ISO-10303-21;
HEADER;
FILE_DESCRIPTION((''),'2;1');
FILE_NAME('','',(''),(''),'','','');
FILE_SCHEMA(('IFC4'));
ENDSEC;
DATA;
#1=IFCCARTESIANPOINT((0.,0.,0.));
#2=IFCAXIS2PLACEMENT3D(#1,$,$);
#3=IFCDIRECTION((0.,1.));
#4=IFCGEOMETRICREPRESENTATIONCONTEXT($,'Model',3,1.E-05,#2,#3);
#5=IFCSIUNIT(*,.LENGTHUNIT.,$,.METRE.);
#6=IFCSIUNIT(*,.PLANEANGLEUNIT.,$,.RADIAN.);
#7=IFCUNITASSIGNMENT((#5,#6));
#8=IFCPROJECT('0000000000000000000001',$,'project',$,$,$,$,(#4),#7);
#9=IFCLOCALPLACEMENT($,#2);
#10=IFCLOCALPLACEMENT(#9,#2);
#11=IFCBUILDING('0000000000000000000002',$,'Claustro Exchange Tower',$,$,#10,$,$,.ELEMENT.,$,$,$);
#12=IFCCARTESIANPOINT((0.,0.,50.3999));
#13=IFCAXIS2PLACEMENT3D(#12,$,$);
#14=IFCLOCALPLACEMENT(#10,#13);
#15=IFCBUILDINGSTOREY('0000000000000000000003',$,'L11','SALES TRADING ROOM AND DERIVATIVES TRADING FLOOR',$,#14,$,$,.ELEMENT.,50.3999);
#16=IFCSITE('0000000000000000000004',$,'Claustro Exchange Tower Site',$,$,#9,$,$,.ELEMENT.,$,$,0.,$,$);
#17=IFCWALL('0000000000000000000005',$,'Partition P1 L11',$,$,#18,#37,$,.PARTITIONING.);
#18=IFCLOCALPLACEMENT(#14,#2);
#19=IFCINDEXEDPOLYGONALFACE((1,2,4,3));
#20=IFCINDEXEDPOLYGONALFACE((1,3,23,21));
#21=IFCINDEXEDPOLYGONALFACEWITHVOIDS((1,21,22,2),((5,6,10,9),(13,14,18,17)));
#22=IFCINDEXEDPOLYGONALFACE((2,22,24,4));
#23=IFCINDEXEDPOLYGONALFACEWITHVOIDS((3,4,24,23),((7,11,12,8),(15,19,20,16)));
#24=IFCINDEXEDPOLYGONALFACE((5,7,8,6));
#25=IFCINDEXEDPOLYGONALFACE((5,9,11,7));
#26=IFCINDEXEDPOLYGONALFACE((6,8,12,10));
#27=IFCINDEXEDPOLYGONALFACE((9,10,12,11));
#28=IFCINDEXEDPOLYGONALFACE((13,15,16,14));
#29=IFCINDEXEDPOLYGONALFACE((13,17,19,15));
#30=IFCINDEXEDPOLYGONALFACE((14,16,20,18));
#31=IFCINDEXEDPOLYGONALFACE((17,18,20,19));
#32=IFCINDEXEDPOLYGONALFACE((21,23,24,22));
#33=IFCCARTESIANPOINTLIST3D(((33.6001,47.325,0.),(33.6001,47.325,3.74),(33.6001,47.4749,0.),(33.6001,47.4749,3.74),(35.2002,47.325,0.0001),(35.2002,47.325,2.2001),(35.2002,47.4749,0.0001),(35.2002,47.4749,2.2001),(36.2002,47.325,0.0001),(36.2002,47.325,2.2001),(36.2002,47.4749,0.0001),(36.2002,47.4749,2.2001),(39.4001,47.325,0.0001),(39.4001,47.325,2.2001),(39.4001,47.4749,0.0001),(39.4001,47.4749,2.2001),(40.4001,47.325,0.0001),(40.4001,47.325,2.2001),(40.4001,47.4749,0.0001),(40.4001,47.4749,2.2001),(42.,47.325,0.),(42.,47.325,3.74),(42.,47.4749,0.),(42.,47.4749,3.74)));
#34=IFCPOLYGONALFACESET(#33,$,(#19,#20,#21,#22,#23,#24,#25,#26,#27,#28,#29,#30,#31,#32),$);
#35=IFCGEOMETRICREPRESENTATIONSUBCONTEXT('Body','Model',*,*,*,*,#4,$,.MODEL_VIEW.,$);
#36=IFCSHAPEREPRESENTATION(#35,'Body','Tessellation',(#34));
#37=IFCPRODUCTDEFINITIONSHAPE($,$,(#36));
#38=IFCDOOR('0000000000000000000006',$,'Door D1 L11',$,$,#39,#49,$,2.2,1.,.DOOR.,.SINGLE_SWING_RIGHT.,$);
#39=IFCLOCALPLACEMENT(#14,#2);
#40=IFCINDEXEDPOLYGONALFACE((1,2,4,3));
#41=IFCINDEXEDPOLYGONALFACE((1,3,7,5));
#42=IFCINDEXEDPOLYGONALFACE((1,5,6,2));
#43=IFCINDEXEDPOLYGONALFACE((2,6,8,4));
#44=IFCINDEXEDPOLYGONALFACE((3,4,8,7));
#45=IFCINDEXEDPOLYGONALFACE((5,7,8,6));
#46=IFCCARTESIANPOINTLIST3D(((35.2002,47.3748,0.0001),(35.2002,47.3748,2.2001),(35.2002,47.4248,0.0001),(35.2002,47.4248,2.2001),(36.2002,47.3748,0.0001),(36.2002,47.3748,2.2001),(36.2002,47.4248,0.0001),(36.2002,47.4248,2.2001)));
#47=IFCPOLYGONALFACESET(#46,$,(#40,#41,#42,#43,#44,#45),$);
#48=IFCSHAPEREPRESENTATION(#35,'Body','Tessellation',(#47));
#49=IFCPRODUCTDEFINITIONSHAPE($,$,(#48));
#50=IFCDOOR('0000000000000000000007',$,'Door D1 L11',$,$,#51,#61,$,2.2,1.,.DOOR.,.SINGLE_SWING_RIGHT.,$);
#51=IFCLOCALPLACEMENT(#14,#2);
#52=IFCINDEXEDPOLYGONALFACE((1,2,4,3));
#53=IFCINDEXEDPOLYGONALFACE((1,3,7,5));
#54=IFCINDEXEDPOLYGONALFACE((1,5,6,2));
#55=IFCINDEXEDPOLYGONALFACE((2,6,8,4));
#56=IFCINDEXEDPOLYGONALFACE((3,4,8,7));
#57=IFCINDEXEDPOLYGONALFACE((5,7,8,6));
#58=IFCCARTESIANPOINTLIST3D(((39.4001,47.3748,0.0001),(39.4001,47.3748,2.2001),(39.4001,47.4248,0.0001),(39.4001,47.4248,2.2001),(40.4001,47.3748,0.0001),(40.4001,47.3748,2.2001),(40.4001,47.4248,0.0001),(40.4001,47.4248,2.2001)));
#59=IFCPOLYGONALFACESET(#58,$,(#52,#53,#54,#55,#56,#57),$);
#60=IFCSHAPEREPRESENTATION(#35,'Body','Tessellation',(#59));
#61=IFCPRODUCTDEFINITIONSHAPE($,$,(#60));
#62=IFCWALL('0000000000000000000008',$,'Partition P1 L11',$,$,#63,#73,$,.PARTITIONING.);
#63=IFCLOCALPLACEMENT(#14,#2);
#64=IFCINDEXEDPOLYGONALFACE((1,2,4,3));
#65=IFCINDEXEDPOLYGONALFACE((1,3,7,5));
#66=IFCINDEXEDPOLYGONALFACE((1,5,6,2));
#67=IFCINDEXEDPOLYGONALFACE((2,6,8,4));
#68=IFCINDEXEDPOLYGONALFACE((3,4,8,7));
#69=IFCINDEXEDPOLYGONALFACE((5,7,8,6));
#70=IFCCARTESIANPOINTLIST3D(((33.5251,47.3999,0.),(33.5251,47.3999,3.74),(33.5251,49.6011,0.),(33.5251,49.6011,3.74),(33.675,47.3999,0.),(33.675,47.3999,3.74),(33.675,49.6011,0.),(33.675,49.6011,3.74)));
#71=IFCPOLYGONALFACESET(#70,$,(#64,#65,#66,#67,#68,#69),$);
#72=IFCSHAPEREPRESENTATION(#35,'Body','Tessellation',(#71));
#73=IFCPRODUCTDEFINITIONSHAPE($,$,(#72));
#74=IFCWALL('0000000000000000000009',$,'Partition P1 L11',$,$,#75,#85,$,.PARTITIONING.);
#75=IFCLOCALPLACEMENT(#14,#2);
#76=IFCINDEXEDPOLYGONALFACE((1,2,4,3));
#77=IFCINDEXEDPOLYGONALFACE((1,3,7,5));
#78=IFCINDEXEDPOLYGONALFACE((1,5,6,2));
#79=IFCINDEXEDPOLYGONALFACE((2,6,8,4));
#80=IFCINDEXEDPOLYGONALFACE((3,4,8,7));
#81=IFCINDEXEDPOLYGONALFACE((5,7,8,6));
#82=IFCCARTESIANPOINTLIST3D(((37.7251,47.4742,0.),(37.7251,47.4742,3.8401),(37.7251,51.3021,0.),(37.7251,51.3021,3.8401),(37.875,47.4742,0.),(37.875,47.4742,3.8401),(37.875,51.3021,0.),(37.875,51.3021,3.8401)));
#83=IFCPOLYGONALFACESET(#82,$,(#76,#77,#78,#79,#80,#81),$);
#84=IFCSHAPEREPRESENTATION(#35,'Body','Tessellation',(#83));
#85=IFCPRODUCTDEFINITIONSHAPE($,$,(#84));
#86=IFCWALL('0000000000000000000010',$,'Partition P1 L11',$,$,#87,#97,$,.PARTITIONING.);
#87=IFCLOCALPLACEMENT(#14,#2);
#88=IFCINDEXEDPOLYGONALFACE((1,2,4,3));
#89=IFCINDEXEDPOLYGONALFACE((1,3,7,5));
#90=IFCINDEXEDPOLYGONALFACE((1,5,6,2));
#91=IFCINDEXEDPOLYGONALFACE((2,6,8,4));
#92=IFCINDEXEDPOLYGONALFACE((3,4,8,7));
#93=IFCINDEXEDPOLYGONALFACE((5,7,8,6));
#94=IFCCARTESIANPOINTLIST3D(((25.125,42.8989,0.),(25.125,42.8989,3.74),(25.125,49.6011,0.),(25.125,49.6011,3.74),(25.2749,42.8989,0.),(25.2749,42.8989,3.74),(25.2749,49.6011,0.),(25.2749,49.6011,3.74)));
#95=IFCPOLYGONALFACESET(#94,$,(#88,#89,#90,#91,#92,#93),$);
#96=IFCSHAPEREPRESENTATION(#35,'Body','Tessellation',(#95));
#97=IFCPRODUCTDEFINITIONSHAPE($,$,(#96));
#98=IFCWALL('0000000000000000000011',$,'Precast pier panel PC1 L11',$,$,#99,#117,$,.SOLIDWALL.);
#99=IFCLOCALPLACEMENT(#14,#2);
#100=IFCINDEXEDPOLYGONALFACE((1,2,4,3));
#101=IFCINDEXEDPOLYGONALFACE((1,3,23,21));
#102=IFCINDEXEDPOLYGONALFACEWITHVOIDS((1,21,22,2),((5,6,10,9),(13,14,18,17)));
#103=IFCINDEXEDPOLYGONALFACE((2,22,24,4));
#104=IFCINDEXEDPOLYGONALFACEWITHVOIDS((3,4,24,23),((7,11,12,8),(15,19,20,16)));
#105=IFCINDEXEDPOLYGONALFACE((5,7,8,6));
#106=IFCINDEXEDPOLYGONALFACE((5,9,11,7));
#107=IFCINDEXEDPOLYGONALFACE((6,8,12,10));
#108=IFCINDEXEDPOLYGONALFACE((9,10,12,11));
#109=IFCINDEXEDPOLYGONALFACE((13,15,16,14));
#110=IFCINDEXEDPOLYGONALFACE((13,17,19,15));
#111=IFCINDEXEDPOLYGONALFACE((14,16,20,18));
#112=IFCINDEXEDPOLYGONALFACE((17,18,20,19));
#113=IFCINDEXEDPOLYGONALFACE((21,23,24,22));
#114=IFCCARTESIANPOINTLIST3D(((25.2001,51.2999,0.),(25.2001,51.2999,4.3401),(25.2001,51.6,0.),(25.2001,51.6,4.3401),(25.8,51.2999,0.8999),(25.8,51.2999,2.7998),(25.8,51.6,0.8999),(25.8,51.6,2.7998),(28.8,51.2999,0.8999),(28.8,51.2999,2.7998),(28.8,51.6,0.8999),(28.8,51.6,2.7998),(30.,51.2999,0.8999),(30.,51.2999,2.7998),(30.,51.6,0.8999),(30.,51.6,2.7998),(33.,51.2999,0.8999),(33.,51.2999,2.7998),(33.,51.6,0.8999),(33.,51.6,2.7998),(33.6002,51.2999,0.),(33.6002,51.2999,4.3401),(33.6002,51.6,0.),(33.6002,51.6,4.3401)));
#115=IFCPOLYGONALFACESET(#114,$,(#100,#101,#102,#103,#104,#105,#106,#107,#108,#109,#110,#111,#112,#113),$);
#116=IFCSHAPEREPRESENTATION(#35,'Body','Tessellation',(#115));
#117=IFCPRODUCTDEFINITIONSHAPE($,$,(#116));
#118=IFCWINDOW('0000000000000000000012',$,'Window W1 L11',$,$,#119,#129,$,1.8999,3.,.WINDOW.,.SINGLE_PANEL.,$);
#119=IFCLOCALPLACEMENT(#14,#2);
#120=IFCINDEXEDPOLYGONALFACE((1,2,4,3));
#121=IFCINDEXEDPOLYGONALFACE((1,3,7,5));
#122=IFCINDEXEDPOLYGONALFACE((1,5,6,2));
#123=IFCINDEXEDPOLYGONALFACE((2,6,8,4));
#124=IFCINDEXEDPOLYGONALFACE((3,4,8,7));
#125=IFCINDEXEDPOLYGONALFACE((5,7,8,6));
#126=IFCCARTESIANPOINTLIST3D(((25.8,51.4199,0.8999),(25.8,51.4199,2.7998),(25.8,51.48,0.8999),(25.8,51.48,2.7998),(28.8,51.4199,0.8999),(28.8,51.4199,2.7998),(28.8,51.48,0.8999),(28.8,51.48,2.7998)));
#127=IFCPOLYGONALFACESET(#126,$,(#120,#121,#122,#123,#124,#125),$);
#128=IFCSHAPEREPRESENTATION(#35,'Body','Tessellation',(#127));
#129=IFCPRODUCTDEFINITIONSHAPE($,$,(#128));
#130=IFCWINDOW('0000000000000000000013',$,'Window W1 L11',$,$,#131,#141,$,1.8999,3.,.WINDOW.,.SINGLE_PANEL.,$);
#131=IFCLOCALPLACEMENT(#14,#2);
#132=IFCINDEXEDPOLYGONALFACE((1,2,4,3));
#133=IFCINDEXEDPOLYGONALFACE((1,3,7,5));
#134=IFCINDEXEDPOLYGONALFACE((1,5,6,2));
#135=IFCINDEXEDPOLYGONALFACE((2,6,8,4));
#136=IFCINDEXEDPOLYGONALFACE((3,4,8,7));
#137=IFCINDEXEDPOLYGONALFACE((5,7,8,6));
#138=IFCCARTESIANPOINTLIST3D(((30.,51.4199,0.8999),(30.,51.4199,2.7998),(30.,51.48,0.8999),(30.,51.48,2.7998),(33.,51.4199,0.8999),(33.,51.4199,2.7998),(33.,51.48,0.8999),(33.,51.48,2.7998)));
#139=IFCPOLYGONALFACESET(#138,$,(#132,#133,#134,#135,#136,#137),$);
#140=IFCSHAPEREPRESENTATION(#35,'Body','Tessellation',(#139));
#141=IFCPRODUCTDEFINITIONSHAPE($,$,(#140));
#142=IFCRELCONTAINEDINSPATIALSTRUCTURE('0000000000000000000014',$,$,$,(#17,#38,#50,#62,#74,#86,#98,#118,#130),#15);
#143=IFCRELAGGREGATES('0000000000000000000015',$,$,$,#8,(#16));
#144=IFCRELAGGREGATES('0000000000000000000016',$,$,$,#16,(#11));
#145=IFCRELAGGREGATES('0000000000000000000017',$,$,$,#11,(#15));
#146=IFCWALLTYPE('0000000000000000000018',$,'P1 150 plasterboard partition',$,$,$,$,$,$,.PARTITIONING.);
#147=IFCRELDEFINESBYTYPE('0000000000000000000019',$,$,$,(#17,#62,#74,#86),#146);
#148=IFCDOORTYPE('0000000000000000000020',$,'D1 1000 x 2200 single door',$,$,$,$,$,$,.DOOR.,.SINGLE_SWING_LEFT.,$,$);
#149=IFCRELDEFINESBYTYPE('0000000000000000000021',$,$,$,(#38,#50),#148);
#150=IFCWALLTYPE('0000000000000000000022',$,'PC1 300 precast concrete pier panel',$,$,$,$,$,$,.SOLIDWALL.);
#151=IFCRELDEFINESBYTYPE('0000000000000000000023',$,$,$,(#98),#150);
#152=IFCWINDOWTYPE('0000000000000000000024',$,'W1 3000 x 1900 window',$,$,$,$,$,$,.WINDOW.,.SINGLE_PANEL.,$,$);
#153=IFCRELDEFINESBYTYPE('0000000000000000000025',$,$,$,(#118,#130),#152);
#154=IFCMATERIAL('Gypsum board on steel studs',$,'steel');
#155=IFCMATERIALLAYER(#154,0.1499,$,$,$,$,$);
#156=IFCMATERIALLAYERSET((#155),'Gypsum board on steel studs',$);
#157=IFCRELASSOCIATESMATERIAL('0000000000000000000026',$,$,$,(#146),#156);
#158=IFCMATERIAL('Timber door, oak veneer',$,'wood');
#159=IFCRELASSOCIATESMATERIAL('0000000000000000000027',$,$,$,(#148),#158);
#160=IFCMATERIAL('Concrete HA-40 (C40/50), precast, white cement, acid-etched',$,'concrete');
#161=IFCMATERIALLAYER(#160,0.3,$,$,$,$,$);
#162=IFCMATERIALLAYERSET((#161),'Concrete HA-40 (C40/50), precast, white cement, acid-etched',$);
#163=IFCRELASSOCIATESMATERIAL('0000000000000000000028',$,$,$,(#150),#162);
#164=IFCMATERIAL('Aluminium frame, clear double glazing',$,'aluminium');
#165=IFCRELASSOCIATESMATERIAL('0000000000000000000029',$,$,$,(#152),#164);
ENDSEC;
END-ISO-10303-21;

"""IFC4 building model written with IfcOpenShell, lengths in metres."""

from ifc_helpers import new_model, si_unit, direction, frame, frame_2d, origin, place, context, subcontext, project, spatial, rectangle, extrude, material, layer, layer_set, type_object, element, fill, save


model = new_model("IFC4")

# Units and contexts
model_context = context("Model", 3, precision=1e-05, world=origin(), true_north=direction((0.0, 1.0)))
body_context = subcontext(model_context, "Body", "Model", "MODEL_VIEW")
ifc_project = project(units=[si_unit("LENGTHUNIT", "METRE"), si_unit("PLANEANGLEUNIT", "RADIAN")], contexts=[model_context])

# Site, building, storey
site_placement = place(None, origin())
site = spatial("IfcSite", under=ifc_project, at=site_placement, Name="Claustro Exchange Tower Site", CompositionType="ELEMENT", RefElevation=0.0)
building_placement = place(site_placement, origin())
building = spatial("IfcBuilding", under=site, at=building_placement, Name="Claustro Exchange Tower", CompositionType="ELEMENT")
storey_placement = place(building_placement, frame((0.0, 0.0, 50.3999)))
storey = spatial("IfcBuildingStorey", under=building, at=storey_placement, Name="L11", Description="SALES TRADING ROOM AND DERIVATIVES TRADING FLOOR", CompositionType="ELEMENT", Elevation=50.3999)

# Wall, openings, doors
ifc_material_1 = material(Name="Gypsum board on steel studs", Category="steel")
ifc_layer_1 = layer(ifc_material_1, 0.1499)
ifc_layer_set_1 = layer_set([ifc_layer_1], Name="Gypsum board on steel studs")
wall_type_1 = type_object("IfcWallType", Name="P1 150 plasterboard partition", PredefinedType="PARTITIONING", material=ifc_layer_set_1)
wall_1_placement = place(storey_placement, frame((33.6001, 47.3999, 0.0), z_axis=(0.0, 0.0, 1.0), x_axis=(1.0, 0.0, 0.0)))
wall_1 = element("IfcWall", 1, at=wall_1_placement, inside=storey, type_object=wall_type_1, Name="Partition P1 L11", PredefinedType="PARTITIONING", context=body_context, shape_type="SweptSolid", body=[
    extrude(rectangle(XDim=8.3999, YDim=0.1499, at=frame_2d((4.2, 0.0))), origin(), (0.0, 0.0, 1.0), 3.74),
])
opening_1_placement = place(wall_1_placement, frame((1.6001, 0.0, 0.0)))
opening_1 = element("IfcOpeningElement", 2, at=opening_1_placement, cuts=wall_1, PredefinedType="OPENING", context=body_context, shape_type="SweptSolid", body=[
    extrude(rectangle(XDim=1.0, YDim=2.2, at=frame_2d((0.5, 1.1001))), frame((0.0, 0.085, 0.0), z_axis=(0.0, -1.0, 0.0), x_axis=(1.0, 0.0, 0.0)), (0.0, 0.0, 1.0), 0.1699),
])
opening_2_placement = place(wall_1_placement, frame((5.8, 0.0, 0.0)))
opening_2 = element("IfcOpeningElement", 3, at=opening_2_placement, cuts=wall_1, PredefinedType="OPENING", context=body_context, shape_type="SweptSolid", body=[
    extrude(rectangle(XDim=1.0, YDim=2.2, at=frame_2d((0.5, 1.1001))), frame((0.0, 0.085, 0.0), z_axis=(0.0, -1.0, 0.0), x_axis=(1.0, 0.0, 0.0)), (0.0, 0.0, 1.0), 0.1699),
])
ifc_material_2 = material(Name="Timber door, oak veneer", Category="wood")
door_type = type_object("IfcDoorType", Name="D1 1000 x 2200 single door", OperationType="SINGLE_SWING_LEFT", PredefinedType="DOOR", material=ifc_material_2)
door_1_placement = place(opening_1_placement, origin())
door_1 = element("IfcDoor", 4, at=door_1_placement, inside=storey, type_object=door_type, Name="Door D1 L11", OperationType="SINGLE_SWING_RIGHT", OverallHeight=2.2, OverallWidth=1.0, PredefinedType="DOOR", context=body_context, shape_type="SweptSolid", body=[
    extrude(rectangle(XDim=1.0, YDim=2.2, at=frame_2d((0.5, 1.1001))), frame((0.0, 0.0249, 0.0), z_axis=(0.0, -1.0, 0.0), x_axis=(1.0, 0.0, 0.0)), (0.0, 0.0, 1.0), 0.05),
])
fill(opening_1, door_1)
door_2_placement = place(opening_2_placement, origin())
door_2 = element("IfcDoor", 5, at=door_2_placement, inside=storey, type_object=door_type, Name="Door D1 L11", OperationType="SINGLE_SWING_RIGHT", OverallHeight=2.2, OverallWidth=1.0, PredefinedType="DOOR", context=body_context, shape_type="SweptSolid", body=[
    extrude(rectangle(XDim=1.0, YDim=2.2, at=frame_2d((0.5, 1.1001))), frame((0.0, 0.0249, 0.0), z_axis=(0.0, -1.0, 0.0), x_axis=(1.0, 0.0, 0.0)), (0.0, 0.0, 1.0), 0.05),
])
fill(opening_2, door_2)

# Walls
wall_2_placement = place(storey_placement, frame((33.6001, 47.3999, 0.0), z_axis=(0.0, 0.0, 1.0), x_axis=(0.0, 1.0, 0.0)))
element("IfcWall", 6, at=wall_2_placement, inside=storey, type_object=wall_type_1, Name="Partition P1 L11", PredefinedType="PARTITIONING", context=body_context, shape_type="SweptSolid", body=[
    extrude(rectangle(XDim=2.2012, YDim=0.1499, at=frame_2d((1.1006, 0.0))), origin(), (0.0, 0.0, 1.0), 3.74),
])
wall_3_placement = place(storey_placement, frame((37.8, 47.4741, 0.0), z_axis=(0.0, 0.0, 1.0), x_axis=(0.0, 1.0, 0.0)))
element("IfcWall", 7, at=wall_3_placement, inside=storey, type_object=wall_type_1, Name="Partition P1 L11", PredefinedType="PARTITIONING", context=body_context, shape_type="SweptSolid", body=[
    extrude(rectangle(XDim=3.8279, YDim=0.1499, at=frame_2d((1.9141, 0.0))), origin(), (0.0, 0.0, 1.0), 3.8401),
])
wall_4_placement = place(storey_placement, frame((25.2, 42.8989, 0.0), z_axis=(0.0, 0.0, 1.0), x_axis=(0.0, 1.0, 0.0)))
element("IfcWall", 8, at=wall_4_placement, inside=storey, type_object=wall_type_1, Name="Partition P1 L11", PredefinedType="PARTITIONING", context=body_context, shape_type="SweptSolid", body=[
    extrude(rectangle(XDim=6.7021, YDim=0.1499, at=frame_2d((3.3511, 0.0))), origin(), (0.0, 0.0, 1.0), 3.74),
])

# Wall, openings, windows
ifc_material_3 = material(Name="Concrete HA-40 (C40/50), precast, white cement, acid-etched", Category="concrete")
ifc_layer_2 = layer(ifc_material_3, 0.3)
ifc_layer_set_2 = layer_set([ifc_layer_2], Name="Concrete HA-40 (C40/50), precast, white cement, acid-etched")
wall_type_2 = type_object("IfcWallType", Name="PC1 300 precast concrete pier panel", PredefinedType="SOLIDWALL", material=ifc_layer_set_2)
wall_5_placement = place(storey_placement, frame((25.2, 51.45, 0.0), z_axis=(0.0, 0.0, 1.0), x_axis=(1.0, 0.0, 0.0)))
wall_5 = element("IfcWall", 9, at=wall_5_placement, inside=storey, type_object=wall_type_2, Name="Precast pier panel PC1 L11", PredefinedType="SOLIDWALL", context=body_context, shape_type="SweptSolid", body=[
    extrude(rectangle(XDim=8.4001, YDim=0.3, at=frame_2d((4.2002, 0.0))), origin(), (0.0, 0.0, 1.0), 4.3401),
])
opening_3_placement = place(wall_5_placement, frame((0.6001, 0.0, 0.8999)))
opening_3 = element("IfcOpeningElement", 10, at=opening_3_placement, cuts=wall_5, PredefinedType="OPENING", context=body_context, shape_type="SweptSolid", body=[
    extrude(rectangle(XDim=3.0, YDim=1.8999, at=frame_2d((1.5, 0.95))), frame((0.0, 0.1599, 0.0), z_axis=(0.0, -1.0, 0.0), x_axis=(1.0, 0.0, 0.0)), (0.0, 0.0, 1.0), 0.3201),
])
opening_4_placement = place(wall_5_placement, frame((4.8, 0.0, 0.8999)))
opening_4 = element("IfcOpeningElement", 11, at=opening_4_placement, cuts=wall_5, PredefinedType="OPENING", context=body_context, shape_type="SweptSolid", body=[
    extrude(rectangle(XDim=3.0, YDim=1.8999, at=frame_2d((1.5, 0.95))), frame((0.0, 0.1599, 0.0), z_axis=(0.0, -1.0, 0.0), x_axis=(1.0, 0.0, 0.0)), (0.0, 0.0, 1.0), 0.3201),
])
ifc_material_4 = material(Name="Aluminium frame, clear double glazing", Category="aluminium")
window_type = type_object("IfcWindowType", Name="W1 3000 x 1900 window", PartitioningType="SINGLE_PANEL", PredefinedType="WINDOW", material=ifc_material_4)
window_1_placement = place(opening_3_placement, origin())
window_1 = element("IfcWindow", 12, at=window_1_placement, inside=storey, type_object=window_type, Name="Window W1 L11", OverallHeight=1.8999, OverallWidth=3.0, PartitioningType="SINGLE_PANEL", PredefinedType="WINDOW", context=body_context, shape_type="SweptSolid", body=[
    extrude(rectangle(XDim=3.0, YDim=1.8999, at=frame_2d((1.5, 0.95))), frame((0.0, 0.03, 0.0), z_axis=(0.0, -1.0, 0.0), x_axis=(1.0, 0.0, 0.0)), (0.0, 0.0, 1.0), 0.0601),
])
fill(opening_3, window_1)
window_2_placement = place(opening_4_placement, origin())
window_2 = element("IfcWindow", 13, at=window_2_placement, inside=storey, type_object=window_type, Name="Window W1 L11", OverallHeight=1.8999, OverallWidth=3.0, PartitioningType="SINGLE_PANEL", PredefinedType="WINDOW", context=body_context, shape_type="SweptSolid", body=[
    extrude(rectangle(XDim=3.0, YDim=1.8999, at=frame_2d((1.5, 0.95))), frame((0.0, 0.03, 0.0), z_axis=(0.0, -1.0, 0.0), x_axis=(1.0, 0.0, 0.0)), (0.0, 0.0, 1.0), 0.0601),
])
fill(opening_4, window_2)

save(model, "model.ifc")
